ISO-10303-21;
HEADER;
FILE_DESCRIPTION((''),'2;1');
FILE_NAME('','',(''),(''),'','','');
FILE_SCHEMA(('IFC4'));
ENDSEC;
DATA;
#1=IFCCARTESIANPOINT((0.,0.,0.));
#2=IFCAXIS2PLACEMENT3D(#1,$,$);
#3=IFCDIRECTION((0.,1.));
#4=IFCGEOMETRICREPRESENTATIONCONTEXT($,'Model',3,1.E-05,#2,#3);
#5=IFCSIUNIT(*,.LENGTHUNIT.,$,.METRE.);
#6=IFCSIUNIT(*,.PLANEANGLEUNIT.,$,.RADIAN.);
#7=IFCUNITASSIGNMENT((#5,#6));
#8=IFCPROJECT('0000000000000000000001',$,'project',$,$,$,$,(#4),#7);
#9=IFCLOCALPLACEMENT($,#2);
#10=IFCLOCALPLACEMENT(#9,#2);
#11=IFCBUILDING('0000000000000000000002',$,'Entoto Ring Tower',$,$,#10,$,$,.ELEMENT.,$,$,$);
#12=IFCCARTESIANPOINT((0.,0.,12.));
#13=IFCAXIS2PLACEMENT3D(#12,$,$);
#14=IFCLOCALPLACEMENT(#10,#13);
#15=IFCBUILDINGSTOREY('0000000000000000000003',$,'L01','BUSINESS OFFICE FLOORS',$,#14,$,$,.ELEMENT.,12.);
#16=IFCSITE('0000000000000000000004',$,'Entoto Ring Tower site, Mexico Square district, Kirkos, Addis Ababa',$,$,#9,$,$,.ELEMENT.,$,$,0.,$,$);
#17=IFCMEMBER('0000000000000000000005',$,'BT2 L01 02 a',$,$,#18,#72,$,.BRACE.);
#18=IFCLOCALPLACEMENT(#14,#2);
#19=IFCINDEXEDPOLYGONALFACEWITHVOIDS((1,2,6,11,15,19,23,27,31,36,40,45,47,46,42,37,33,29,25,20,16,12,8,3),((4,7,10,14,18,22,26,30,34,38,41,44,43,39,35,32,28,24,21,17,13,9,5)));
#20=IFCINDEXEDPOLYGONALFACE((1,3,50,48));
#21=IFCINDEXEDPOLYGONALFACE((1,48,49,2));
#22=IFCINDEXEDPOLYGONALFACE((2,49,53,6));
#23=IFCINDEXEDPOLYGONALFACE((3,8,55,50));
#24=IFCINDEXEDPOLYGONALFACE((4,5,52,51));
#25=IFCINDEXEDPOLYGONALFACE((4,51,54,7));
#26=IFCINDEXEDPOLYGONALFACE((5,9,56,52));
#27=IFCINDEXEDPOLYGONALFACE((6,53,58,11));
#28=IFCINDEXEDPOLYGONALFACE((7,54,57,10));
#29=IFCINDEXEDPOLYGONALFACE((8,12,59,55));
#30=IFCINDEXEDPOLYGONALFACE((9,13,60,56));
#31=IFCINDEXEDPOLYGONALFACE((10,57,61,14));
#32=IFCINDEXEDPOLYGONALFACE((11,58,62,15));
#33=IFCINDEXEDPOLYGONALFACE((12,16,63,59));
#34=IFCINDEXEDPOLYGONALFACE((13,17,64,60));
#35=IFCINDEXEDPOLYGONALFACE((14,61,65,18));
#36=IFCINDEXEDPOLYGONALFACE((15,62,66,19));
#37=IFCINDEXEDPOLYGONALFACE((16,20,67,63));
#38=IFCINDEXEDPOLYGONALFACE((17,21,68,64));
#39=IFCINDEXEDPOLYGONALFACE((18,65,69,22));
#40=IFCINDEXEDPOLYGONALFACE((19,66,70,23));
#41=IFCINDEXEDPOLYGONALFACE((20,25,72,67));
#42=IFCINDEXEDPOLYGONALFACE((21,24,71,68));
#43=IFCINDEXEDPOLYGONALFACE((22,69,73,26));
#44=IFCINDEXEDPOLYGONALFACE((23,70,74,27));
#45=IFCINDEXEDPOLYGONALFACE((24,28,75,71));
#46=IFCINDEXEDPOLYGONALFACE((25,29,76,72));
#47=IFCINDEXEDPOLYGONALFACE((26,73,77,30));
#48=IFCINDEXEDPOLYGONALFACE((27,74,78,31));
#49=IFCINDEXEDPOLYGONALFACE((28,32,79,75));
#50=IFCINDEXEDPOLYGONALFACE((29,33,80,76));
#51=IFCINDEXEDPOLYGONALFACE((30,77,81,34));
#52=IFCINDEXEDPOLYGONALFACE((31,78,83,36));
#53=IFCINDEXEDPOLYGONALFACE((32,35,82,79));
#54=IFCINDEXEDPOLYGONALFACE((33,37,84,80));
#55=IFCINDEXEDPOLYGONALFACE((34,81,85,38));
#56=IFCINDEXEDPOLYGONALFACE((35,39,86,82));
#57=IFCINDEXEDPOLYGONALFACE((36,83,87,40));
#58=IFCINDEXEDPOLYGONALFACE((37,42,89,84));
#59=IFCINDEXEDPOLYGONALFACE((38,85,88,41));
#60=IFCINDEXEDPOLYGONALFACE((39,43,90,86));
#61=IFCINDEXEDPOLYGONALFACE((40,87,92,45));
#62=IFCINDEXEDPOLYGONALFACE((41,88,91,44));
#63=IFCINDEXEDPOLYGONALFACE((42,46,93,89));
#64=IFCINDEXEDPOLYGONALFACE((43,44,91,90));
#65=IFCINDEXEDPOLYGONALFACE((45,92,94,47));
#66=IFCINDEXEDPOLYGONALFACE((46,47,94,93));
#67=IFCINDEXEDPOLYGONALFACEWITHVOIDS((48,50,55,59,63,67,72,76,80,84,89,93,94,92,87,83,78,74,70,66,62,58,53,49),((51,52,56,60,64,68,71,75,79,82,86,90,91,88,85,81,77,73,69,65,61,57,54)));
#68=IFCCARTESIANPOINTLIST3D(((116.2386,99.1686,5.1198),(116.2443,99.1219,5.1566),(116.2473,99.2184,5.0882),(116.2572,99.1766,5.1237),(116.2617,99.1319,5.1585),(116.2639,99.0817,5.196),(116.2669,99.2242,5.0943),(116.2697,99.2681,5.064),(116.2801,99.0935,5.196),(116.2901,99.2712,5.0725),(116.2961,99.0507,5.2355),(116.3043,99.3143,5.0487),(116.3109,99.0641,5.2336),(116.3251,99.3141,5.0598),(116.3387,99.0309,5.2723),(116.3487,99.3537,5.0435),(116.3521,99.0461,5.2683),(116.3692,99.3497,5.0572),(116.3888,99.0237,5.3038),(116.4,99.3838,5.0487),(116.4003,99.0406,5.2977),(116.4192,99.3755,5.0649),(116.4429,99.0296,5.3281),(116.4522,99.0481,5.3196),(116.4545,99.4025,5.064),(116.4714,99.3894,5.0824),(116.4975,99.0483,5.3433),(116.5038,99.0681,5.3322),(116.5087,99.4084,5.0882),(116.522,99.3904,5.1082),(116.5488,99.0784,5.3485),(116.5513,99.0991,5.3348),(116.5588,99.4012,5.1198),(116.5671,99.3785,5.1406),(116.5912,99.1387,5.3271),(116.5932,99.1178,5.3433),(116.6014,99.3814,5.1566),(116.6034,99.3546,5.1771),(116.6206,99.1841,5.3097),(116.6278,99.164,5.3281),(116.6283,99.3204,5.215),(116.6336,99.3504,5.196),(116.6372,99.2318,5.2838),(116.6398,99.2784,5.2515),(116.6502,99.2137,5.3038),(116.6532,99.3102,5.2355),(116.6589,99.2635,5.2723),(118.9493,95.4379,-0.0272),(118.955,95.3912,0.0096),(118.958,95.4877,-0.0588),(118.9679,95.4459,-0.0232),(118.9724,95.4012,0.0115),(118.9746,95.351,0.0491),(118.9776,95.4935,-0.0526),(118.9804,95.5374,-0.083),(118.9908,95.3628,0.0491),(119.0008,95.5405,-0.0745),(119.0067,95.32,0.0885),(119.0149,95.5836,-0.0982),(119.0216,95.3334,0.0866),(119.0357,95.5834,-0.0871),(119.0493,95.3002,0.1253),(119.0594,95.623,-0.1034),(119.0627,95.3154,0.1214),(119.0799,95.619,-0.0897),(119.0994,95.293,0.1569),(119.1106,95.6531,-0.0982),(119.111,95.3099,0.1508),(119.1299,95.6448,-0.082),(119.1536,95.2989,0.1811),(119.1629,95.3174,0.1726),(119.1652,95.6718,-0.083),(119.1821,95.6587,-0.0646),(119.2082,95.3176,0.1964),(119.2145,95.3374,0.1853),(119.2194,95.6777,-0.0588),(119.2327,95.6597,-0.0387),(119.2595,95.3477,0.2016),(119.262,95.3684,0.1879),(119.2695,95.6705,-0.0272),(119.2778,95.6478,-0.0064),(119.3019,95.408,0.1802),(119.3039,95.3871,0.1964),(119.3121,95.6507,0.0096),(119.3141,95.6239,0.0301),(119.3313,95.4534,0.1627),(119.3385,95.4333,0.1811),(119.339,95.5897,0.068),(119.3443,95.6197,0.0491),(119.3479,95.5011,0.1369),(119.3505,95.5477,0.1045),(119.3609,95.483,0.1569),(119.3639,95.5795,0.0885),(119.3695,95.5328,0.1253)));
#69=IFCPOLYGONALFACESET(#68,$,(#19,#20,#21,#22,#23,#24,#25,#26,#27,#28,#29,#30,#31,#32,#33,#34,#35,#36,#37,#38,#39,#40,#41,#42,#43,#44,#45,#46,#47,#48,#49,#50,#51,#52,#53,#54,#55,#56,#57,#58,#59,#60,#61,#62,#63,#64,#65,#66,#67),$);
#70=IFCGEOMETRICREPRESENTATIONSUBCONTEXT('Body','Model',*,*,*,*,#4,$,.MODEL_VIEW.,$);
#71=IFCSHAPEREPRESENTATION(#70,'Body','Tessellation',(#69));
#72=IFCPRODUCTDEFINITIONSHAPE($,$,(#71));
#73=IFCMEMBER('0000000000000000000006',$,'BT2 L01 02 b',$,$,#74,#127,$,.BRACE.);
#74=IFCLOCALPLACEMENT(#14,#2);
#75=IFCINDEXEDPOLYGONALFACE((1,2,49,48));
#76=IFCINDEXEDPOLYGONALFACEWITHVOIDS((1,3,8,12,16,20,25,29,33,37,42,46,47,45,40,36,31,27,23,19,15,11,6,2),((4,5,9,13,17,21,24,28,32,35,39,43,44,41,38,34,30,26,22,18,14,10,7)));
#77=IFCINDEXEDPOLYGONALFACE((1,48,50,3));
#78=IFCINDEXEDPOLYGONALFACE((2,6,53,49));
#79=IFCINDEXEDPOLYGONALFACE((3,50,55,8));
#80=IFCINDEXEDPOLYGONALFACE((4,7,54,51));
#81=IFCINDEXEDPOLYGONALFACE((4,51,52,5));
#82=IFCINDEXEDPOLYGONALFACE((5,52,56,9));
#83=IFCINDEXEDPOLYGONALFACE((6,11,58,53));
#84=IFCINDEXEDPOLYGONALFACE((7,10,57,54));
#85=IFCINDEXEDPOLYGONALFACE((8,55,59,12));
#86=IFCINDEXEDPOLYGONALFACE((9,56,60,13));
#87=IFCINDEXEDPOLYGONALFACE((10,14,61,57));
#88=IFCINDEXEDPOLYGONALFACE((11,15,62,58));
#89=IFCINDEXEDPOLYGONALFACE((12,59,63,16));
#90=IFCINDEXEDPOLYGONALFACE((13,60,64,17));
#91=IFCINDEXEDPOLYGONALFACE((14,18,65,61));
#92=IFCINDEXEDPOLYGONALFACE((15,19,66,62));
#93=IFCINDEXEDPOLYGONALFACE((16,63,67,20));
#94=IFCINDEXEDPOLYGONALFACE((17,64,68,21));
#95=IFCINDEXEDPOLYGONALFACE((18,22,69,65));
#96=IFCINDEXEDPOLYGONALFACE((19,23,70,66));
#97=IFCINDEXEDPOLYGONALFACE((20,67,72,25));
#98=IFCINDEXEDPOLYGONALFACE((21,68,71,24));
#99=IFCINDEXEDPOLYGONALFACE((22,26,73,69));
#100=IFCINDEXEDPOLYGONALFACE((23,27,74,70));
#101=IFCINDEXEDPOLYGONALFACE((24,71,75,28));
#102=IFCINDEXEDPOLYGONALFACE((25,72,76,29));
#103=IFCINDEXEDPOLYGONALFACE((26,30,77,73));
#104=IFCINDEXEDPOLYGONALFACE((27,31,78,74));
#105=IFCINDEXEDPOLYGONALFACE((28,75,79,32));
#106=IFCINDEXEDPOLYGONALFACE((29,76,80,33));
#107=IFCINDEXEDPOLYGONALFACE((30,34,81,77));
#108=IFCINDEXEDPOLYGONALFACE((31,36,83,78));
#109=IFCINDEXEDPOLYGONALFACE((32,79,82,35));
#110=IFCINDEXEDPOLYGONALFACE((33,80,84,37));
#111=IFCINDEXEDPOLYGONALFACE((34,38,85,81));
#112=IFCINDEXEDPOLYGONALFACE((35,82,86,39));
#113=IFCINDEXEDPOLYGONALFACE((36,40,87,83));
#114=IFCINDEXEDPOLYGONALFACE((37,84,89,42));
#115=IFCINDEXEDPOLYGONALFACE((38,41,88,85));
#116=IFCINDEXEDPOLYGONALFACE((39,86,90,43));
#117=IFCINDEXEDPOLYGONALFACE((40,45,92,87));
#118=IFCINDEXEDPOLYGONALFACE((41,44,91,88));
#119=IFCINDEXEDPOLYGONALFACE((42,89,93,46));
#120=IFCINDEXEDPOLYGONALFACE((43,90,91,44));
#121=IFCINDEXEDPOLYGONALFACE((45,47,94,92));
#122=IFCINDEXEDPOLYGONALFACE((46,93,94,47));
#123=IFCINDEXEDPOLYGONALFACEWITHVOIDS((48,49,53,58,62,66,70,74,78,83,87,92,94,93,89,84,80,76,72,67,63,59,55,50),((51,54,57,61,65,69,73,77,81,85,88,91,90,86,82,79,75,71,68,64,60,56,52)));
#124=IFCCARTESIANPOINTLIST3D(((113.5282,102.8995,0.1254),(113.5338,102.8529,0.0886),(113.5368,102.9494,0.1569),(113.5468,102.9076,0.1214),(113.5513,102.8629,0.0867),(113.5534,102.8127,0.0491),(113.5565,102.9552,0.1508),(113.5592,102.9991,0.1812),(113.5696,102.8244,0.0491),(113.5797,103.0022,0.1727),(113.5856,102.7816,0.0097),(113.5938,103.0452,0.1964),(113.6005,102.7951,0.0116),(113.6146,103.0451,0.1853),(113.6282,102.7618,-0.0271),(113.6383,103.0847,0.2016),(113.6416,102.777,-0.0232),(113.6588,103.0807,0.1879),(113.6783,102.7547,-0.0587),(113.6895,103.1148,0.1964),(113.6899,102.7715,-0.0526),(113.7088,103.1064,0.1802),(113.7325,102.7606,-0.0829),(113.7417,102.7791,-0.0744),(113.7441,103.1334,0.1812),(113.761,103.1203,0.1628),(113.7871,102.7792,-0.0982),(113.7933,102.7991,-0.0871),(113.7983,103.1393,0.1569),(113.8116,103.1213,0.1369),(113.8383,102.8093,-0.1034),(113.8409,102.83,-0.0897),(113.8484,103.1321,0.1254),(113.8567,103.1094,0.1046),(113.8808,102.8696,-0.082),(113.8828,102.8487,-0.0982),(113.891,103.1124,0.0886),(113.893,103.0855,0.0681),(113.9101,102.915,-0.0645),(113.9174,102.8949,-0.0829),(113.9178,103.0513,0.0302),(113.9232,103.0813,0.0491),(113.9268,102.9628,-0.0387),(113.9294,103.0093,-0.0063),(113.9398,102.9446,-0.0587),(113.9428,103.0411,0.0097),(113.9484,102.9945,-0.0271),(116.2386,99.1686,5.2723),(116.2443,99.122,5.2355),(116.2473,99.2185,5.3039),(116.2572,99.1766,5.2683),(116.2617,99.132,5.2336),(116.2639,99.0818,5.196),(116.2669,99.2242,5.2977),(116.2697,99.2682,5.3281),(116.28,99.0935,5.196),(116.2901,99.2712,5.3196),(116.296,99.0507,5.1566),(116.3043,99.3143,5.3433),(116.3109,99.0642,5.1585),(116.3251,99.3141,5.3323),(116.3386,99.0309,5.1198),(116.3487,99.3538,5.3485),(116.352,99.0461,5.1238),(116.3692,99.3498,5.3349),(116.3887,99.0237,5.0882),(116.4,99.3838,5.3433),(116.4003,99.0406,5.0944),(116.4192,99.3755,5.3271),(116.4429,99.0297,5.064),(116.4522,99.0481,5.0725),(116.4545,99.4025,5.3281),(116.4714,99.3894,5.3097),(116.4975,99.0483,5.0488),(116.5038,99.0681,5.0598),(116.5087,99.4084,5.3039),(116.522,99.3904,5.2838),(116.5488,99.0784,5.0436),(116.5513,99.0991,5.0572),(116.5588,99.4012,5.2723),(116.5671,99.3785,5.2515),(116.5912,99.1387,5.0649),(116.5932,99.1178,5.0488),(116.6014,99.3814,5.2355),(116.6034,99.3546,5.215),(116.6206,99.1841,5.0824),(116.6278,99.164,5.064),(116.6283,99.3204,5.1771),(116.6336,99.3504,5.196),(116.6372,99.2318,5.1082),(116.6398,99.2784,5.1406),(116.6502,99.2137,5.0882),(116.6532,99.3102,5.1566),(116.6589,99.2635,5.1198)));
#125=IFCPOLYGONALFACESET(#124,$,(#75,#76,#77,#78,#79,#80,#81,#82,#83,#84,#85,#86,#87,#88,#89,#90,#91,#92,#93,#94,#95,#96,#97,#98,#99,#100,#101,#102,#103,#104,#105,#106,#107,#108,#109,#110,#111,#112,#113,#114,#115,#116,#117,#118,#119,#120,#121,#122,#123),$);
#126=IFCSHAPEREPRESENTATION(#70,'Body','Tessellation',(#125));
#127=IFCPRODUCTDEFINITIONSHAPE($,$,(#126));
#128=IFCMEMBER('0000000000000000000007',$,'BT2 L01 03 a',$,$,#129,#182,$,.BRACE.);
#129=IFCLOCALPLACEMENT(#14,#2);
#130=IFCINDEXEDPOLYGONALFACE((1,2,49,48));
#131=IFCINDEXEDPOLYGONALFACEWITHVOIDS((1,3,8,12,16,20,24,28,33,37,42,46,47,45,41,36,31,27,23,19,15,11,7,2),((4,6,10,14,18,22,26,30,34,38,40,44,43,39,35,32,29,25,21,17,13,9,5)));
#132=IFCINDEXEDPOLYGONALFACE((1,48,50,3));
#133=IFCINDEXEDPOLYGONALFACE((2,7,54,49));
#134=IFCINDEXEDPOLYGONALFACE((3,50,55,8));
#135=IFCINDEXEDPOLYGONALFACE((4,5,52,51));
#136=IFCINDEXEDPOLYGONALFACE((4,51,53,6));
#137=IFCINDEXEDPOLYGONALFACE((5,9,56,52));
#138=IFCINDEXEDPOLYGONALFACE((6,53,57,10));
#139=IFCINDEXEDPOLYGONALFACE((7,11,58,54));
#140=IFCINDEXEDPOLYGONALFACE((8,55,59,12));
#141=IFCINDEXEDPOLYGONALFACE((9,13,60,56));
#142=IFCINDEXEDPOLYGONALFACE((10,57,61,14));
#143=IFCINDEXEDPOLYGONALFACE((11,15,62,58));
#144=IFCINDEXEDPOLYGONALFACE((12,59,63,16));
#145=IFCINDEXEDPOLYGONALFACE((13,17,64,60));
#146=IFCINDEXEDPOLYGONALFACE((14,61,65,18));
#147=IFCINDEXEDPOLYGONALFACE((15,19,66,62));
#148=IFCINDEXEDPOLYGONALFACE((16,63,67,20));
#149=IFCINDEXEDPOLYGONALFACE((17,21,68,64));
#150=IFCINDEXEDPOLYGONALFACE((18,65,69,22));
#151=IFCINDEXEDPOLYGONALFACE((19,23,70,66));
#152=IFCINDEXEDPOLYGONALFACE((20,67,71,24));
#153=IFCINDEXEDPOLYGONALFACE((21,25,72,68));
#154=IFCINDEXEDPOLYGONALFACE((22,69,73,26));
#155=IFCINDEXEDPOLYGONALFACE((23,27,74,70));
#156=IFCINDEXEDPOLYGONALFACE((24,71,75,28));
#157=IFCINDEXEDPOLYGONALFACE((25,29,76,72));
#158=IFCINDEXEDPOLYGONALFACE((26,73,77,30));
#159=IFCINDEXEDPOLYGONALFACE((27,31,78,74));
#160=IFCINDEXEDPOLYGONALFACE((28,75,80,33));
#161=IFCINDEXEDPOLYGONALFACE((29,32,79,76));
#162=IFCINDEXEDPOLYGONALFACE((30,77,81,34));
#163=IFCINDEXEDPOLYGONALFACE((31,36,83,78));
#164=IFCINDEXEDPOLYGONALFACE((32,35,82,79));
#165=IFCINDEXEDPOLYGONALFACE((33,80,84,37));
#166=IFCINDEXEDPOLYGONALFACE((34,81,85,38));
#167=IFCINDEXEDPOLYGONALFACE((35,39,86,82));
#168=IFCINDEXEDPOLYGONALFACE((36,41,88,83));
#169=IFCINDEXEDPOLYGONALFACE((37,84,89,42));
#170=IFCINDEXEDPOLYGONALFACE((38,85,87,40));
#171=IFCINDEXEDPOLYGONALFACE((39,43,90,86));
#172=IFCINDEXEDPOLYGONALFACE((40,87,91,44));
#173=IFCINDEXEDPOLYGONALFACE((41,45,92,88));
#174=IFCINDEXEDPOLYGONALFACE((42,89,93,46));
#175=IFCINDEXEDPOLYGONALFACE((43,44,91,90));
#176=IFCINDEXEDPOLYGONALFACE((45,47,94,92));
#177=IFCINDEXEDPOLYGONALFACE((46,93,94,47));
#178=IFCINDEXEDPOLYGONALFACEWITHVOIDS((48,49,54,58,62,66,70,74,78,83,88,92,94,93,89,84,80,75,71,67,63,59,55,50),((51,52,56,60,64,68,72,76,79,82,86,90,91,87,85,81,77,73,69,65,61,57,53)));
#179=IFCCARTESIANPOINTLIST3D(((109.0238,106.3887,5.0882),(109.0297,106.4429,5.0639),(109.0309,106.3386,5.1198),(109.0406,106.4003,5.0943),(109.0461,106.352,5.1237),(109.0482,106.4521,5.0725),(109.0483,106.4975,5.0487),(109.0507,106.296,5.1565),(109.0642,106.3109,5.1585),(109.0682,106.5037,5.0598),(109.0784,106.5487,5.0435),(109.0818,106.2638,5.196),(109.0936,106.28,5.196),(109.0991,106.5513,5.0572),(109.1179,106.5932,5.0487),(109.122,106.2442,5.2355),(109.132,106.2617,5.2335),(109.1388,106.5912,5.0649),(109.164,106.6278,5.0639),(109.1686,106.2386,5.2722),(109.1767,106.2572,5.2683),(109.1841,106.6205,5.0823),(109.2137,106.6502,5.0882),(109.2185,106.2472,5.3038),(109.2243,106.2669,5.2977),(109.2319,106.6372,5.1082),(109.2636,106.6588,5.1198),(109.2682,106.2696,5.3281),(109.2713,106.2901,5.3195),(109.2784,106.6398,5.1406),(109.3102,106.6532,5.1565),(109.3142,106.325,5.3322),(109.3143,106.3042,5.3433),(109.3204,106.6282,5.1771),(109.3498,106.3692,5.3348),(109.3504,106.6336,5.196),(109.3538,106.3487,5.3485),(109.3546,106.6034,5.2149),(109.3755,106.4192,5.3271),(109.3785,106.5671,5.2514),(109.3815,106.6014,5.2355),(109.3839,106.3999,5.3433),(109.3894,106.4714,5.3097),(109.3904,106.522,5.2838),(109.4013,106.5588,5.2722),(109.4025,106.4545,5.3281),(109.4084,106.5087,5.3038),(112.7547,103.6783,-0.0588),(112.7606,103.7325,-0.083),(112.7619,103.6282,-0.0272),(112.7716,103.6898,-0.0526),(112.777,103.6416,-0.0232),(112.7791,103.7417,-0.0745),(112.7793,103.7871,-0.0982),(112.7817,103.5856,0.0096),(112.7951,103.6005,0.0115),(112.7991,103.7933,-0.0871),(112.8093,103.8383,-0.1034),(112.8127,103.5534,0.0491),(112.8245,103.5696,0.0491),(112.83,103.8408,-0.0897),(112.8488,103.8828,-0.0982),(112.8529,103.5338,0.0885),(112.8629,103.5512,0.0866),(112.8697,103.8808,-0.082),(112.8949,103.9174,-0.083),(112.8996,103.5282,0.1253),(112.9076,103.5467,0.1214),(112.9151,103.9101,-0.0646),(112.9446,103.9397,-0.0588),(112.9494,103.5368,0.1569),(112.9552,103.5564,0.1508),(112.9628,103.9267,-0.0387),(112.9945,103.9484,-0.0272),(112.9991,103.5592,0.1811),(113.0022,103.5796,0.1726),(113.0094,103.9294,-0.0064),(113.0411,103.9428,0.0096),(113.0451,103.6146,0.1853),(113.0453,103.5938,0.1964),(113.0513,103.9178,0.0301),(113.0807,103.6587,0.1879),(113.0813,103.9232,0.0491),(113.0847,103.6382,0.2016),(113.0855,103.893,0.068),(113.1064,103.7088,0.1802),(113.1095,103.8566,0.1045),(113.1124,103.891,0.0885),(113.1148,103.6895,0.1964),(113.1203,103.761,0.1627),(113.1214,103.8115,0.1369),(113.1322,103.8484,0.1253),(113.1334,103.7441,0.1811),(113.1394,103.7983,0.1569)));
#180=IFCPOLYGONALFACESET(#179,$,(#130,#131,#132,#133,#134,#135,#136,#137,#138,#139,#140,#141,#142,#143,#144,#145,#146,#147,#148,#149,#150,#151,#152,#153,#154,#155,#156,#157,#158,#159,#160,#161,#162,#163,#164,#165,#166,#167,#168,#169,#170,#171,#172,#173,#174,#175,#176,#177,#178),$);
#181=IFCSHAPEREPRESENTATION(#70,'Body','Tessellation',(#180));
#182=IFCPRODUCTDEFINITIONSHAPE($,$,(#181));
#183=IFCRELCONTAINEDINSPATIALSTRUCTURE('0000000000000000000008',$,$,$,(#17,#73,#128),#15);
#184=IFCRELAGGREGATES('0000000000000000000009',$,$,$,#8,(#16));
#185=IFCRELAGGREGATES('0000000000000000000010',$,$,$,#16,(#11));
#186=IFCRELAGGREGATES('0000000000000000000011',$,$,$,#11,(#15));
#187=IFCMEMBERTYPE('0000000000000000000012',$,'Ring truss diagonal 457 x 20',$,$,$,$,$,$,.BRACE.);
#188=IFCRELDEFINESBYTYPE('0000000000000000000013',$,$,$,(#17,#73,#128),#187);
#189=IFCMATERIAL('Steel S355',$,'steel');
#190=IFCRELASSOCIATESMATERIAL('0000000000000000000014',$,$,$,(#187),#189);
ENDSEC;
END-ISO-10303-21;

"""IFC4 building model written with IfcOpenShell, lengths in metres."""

from ifc_helpers import new_model, si_unit, direction, frame, origin, origin_2d, place, context, subcontext, project, spatial, circle, hollow_circle, extrude, material, material_profile, profile_set, type_object, element, save


model = new_model("IFC4")

# Units and contexts
model_context = context("Model", 3, precision=1e-05, world=origin(), true_north=direction((0.0, 1.0)))
body_context = subcontext(model_context, "Body", "Model", "MODEL_VIEW")
ifc_project = project(units=[si_unit("LENGTHUNIT", "METRE"), si_unit("PLANEANGLEUNIT", "RADIAN")], contexts=[model_context])

# Site, building, storey
site_placement = place(None, origin())
site = spatial("IfcSite", under=ifc_project, at=site_placement, Name="Entoto Ring Tower site, Mexico Square district, Kirkos, Addis Ababa", CompositionType="ELEMENT", RefElevation=0.0)
building_placement = place(site_placement, origin())
building = spatial("IfcBuilding", under=site, at=building_placement, Name="Entoto Ring Tower", CompositionType="ELEMENT")
storey_placement = place(building_placement, frame((0.0, 0.0, 12.0)))
storey = spatial("IfcBuildingStorey", under=building, at=storey_placement, Name="L01", Description="BUSINESS OFFICE FLOORS", CompositionType="ELEMENT", Elevation=12.0)

# Members
ifc_material_1 = material(Name="Steel S355", Category="steel")
ifc_material_profile_1 = material_profile(ifc_material_1, hollow_circle(Radius=0.2285, WallThickness=0.02, at=origin_2d()), Name="CHS 457 x 20")
ifc_material_2 = material(Name="Concrete C60/75", Category="concrete")
ifc_material_profile_2 = material_profile(ifc_material_2, circle(Radius=0.2085, at=origin_2d()), Name="Concrete C60/75 infill")
ifc_profile_set_1 = profile_set([ifc_material_profile_1, ifc_material_profile_2], Name="Steel S355")
member_type_1 = type_object("IfcMemberType", Name="Ring truss diagonal 457 x 20", PredefinedType="BRACE", material=ifc_profile_set_1)
for number, where, z_axis, x_axis, name in (
    (1, (119.1594, 95.4854, 0.0491), (-0.392247, 0.539848, 0.744786), (-0.808999, -0.58781, 0.0), "BT2 L01 02 a"),
    (2, (116.4487, 99.2161, 5.196), (-0.39221, 0.53988, -0.744782), (-0.809043, -0.58775, 0.0), "BT2 L01 02 b"),
    (3, (112.947, 103.7383, 0.0491), (-0.53988, 0.39221, 0.744782), (-0.58775, -0.809043, 0.0), "BT2 L01 03 a"),
):
    element("IfcMember", number, at=place(storey_placement, frame(where, z_axis=z_axis, x_axis=x_axis)), inside=storey, type_object=member_type_1, Name=name, PredefinedType="BRACE", context=body_context, shape_type="SweptSolid", body=[
        extrude(hollow_circle(Radius=0.2285, WallThickness=0.02, at=origin_2d()), origin(), (0.0, 0.0, 1.0), 6.9106),
    ])

save(model, "model.ifc")
